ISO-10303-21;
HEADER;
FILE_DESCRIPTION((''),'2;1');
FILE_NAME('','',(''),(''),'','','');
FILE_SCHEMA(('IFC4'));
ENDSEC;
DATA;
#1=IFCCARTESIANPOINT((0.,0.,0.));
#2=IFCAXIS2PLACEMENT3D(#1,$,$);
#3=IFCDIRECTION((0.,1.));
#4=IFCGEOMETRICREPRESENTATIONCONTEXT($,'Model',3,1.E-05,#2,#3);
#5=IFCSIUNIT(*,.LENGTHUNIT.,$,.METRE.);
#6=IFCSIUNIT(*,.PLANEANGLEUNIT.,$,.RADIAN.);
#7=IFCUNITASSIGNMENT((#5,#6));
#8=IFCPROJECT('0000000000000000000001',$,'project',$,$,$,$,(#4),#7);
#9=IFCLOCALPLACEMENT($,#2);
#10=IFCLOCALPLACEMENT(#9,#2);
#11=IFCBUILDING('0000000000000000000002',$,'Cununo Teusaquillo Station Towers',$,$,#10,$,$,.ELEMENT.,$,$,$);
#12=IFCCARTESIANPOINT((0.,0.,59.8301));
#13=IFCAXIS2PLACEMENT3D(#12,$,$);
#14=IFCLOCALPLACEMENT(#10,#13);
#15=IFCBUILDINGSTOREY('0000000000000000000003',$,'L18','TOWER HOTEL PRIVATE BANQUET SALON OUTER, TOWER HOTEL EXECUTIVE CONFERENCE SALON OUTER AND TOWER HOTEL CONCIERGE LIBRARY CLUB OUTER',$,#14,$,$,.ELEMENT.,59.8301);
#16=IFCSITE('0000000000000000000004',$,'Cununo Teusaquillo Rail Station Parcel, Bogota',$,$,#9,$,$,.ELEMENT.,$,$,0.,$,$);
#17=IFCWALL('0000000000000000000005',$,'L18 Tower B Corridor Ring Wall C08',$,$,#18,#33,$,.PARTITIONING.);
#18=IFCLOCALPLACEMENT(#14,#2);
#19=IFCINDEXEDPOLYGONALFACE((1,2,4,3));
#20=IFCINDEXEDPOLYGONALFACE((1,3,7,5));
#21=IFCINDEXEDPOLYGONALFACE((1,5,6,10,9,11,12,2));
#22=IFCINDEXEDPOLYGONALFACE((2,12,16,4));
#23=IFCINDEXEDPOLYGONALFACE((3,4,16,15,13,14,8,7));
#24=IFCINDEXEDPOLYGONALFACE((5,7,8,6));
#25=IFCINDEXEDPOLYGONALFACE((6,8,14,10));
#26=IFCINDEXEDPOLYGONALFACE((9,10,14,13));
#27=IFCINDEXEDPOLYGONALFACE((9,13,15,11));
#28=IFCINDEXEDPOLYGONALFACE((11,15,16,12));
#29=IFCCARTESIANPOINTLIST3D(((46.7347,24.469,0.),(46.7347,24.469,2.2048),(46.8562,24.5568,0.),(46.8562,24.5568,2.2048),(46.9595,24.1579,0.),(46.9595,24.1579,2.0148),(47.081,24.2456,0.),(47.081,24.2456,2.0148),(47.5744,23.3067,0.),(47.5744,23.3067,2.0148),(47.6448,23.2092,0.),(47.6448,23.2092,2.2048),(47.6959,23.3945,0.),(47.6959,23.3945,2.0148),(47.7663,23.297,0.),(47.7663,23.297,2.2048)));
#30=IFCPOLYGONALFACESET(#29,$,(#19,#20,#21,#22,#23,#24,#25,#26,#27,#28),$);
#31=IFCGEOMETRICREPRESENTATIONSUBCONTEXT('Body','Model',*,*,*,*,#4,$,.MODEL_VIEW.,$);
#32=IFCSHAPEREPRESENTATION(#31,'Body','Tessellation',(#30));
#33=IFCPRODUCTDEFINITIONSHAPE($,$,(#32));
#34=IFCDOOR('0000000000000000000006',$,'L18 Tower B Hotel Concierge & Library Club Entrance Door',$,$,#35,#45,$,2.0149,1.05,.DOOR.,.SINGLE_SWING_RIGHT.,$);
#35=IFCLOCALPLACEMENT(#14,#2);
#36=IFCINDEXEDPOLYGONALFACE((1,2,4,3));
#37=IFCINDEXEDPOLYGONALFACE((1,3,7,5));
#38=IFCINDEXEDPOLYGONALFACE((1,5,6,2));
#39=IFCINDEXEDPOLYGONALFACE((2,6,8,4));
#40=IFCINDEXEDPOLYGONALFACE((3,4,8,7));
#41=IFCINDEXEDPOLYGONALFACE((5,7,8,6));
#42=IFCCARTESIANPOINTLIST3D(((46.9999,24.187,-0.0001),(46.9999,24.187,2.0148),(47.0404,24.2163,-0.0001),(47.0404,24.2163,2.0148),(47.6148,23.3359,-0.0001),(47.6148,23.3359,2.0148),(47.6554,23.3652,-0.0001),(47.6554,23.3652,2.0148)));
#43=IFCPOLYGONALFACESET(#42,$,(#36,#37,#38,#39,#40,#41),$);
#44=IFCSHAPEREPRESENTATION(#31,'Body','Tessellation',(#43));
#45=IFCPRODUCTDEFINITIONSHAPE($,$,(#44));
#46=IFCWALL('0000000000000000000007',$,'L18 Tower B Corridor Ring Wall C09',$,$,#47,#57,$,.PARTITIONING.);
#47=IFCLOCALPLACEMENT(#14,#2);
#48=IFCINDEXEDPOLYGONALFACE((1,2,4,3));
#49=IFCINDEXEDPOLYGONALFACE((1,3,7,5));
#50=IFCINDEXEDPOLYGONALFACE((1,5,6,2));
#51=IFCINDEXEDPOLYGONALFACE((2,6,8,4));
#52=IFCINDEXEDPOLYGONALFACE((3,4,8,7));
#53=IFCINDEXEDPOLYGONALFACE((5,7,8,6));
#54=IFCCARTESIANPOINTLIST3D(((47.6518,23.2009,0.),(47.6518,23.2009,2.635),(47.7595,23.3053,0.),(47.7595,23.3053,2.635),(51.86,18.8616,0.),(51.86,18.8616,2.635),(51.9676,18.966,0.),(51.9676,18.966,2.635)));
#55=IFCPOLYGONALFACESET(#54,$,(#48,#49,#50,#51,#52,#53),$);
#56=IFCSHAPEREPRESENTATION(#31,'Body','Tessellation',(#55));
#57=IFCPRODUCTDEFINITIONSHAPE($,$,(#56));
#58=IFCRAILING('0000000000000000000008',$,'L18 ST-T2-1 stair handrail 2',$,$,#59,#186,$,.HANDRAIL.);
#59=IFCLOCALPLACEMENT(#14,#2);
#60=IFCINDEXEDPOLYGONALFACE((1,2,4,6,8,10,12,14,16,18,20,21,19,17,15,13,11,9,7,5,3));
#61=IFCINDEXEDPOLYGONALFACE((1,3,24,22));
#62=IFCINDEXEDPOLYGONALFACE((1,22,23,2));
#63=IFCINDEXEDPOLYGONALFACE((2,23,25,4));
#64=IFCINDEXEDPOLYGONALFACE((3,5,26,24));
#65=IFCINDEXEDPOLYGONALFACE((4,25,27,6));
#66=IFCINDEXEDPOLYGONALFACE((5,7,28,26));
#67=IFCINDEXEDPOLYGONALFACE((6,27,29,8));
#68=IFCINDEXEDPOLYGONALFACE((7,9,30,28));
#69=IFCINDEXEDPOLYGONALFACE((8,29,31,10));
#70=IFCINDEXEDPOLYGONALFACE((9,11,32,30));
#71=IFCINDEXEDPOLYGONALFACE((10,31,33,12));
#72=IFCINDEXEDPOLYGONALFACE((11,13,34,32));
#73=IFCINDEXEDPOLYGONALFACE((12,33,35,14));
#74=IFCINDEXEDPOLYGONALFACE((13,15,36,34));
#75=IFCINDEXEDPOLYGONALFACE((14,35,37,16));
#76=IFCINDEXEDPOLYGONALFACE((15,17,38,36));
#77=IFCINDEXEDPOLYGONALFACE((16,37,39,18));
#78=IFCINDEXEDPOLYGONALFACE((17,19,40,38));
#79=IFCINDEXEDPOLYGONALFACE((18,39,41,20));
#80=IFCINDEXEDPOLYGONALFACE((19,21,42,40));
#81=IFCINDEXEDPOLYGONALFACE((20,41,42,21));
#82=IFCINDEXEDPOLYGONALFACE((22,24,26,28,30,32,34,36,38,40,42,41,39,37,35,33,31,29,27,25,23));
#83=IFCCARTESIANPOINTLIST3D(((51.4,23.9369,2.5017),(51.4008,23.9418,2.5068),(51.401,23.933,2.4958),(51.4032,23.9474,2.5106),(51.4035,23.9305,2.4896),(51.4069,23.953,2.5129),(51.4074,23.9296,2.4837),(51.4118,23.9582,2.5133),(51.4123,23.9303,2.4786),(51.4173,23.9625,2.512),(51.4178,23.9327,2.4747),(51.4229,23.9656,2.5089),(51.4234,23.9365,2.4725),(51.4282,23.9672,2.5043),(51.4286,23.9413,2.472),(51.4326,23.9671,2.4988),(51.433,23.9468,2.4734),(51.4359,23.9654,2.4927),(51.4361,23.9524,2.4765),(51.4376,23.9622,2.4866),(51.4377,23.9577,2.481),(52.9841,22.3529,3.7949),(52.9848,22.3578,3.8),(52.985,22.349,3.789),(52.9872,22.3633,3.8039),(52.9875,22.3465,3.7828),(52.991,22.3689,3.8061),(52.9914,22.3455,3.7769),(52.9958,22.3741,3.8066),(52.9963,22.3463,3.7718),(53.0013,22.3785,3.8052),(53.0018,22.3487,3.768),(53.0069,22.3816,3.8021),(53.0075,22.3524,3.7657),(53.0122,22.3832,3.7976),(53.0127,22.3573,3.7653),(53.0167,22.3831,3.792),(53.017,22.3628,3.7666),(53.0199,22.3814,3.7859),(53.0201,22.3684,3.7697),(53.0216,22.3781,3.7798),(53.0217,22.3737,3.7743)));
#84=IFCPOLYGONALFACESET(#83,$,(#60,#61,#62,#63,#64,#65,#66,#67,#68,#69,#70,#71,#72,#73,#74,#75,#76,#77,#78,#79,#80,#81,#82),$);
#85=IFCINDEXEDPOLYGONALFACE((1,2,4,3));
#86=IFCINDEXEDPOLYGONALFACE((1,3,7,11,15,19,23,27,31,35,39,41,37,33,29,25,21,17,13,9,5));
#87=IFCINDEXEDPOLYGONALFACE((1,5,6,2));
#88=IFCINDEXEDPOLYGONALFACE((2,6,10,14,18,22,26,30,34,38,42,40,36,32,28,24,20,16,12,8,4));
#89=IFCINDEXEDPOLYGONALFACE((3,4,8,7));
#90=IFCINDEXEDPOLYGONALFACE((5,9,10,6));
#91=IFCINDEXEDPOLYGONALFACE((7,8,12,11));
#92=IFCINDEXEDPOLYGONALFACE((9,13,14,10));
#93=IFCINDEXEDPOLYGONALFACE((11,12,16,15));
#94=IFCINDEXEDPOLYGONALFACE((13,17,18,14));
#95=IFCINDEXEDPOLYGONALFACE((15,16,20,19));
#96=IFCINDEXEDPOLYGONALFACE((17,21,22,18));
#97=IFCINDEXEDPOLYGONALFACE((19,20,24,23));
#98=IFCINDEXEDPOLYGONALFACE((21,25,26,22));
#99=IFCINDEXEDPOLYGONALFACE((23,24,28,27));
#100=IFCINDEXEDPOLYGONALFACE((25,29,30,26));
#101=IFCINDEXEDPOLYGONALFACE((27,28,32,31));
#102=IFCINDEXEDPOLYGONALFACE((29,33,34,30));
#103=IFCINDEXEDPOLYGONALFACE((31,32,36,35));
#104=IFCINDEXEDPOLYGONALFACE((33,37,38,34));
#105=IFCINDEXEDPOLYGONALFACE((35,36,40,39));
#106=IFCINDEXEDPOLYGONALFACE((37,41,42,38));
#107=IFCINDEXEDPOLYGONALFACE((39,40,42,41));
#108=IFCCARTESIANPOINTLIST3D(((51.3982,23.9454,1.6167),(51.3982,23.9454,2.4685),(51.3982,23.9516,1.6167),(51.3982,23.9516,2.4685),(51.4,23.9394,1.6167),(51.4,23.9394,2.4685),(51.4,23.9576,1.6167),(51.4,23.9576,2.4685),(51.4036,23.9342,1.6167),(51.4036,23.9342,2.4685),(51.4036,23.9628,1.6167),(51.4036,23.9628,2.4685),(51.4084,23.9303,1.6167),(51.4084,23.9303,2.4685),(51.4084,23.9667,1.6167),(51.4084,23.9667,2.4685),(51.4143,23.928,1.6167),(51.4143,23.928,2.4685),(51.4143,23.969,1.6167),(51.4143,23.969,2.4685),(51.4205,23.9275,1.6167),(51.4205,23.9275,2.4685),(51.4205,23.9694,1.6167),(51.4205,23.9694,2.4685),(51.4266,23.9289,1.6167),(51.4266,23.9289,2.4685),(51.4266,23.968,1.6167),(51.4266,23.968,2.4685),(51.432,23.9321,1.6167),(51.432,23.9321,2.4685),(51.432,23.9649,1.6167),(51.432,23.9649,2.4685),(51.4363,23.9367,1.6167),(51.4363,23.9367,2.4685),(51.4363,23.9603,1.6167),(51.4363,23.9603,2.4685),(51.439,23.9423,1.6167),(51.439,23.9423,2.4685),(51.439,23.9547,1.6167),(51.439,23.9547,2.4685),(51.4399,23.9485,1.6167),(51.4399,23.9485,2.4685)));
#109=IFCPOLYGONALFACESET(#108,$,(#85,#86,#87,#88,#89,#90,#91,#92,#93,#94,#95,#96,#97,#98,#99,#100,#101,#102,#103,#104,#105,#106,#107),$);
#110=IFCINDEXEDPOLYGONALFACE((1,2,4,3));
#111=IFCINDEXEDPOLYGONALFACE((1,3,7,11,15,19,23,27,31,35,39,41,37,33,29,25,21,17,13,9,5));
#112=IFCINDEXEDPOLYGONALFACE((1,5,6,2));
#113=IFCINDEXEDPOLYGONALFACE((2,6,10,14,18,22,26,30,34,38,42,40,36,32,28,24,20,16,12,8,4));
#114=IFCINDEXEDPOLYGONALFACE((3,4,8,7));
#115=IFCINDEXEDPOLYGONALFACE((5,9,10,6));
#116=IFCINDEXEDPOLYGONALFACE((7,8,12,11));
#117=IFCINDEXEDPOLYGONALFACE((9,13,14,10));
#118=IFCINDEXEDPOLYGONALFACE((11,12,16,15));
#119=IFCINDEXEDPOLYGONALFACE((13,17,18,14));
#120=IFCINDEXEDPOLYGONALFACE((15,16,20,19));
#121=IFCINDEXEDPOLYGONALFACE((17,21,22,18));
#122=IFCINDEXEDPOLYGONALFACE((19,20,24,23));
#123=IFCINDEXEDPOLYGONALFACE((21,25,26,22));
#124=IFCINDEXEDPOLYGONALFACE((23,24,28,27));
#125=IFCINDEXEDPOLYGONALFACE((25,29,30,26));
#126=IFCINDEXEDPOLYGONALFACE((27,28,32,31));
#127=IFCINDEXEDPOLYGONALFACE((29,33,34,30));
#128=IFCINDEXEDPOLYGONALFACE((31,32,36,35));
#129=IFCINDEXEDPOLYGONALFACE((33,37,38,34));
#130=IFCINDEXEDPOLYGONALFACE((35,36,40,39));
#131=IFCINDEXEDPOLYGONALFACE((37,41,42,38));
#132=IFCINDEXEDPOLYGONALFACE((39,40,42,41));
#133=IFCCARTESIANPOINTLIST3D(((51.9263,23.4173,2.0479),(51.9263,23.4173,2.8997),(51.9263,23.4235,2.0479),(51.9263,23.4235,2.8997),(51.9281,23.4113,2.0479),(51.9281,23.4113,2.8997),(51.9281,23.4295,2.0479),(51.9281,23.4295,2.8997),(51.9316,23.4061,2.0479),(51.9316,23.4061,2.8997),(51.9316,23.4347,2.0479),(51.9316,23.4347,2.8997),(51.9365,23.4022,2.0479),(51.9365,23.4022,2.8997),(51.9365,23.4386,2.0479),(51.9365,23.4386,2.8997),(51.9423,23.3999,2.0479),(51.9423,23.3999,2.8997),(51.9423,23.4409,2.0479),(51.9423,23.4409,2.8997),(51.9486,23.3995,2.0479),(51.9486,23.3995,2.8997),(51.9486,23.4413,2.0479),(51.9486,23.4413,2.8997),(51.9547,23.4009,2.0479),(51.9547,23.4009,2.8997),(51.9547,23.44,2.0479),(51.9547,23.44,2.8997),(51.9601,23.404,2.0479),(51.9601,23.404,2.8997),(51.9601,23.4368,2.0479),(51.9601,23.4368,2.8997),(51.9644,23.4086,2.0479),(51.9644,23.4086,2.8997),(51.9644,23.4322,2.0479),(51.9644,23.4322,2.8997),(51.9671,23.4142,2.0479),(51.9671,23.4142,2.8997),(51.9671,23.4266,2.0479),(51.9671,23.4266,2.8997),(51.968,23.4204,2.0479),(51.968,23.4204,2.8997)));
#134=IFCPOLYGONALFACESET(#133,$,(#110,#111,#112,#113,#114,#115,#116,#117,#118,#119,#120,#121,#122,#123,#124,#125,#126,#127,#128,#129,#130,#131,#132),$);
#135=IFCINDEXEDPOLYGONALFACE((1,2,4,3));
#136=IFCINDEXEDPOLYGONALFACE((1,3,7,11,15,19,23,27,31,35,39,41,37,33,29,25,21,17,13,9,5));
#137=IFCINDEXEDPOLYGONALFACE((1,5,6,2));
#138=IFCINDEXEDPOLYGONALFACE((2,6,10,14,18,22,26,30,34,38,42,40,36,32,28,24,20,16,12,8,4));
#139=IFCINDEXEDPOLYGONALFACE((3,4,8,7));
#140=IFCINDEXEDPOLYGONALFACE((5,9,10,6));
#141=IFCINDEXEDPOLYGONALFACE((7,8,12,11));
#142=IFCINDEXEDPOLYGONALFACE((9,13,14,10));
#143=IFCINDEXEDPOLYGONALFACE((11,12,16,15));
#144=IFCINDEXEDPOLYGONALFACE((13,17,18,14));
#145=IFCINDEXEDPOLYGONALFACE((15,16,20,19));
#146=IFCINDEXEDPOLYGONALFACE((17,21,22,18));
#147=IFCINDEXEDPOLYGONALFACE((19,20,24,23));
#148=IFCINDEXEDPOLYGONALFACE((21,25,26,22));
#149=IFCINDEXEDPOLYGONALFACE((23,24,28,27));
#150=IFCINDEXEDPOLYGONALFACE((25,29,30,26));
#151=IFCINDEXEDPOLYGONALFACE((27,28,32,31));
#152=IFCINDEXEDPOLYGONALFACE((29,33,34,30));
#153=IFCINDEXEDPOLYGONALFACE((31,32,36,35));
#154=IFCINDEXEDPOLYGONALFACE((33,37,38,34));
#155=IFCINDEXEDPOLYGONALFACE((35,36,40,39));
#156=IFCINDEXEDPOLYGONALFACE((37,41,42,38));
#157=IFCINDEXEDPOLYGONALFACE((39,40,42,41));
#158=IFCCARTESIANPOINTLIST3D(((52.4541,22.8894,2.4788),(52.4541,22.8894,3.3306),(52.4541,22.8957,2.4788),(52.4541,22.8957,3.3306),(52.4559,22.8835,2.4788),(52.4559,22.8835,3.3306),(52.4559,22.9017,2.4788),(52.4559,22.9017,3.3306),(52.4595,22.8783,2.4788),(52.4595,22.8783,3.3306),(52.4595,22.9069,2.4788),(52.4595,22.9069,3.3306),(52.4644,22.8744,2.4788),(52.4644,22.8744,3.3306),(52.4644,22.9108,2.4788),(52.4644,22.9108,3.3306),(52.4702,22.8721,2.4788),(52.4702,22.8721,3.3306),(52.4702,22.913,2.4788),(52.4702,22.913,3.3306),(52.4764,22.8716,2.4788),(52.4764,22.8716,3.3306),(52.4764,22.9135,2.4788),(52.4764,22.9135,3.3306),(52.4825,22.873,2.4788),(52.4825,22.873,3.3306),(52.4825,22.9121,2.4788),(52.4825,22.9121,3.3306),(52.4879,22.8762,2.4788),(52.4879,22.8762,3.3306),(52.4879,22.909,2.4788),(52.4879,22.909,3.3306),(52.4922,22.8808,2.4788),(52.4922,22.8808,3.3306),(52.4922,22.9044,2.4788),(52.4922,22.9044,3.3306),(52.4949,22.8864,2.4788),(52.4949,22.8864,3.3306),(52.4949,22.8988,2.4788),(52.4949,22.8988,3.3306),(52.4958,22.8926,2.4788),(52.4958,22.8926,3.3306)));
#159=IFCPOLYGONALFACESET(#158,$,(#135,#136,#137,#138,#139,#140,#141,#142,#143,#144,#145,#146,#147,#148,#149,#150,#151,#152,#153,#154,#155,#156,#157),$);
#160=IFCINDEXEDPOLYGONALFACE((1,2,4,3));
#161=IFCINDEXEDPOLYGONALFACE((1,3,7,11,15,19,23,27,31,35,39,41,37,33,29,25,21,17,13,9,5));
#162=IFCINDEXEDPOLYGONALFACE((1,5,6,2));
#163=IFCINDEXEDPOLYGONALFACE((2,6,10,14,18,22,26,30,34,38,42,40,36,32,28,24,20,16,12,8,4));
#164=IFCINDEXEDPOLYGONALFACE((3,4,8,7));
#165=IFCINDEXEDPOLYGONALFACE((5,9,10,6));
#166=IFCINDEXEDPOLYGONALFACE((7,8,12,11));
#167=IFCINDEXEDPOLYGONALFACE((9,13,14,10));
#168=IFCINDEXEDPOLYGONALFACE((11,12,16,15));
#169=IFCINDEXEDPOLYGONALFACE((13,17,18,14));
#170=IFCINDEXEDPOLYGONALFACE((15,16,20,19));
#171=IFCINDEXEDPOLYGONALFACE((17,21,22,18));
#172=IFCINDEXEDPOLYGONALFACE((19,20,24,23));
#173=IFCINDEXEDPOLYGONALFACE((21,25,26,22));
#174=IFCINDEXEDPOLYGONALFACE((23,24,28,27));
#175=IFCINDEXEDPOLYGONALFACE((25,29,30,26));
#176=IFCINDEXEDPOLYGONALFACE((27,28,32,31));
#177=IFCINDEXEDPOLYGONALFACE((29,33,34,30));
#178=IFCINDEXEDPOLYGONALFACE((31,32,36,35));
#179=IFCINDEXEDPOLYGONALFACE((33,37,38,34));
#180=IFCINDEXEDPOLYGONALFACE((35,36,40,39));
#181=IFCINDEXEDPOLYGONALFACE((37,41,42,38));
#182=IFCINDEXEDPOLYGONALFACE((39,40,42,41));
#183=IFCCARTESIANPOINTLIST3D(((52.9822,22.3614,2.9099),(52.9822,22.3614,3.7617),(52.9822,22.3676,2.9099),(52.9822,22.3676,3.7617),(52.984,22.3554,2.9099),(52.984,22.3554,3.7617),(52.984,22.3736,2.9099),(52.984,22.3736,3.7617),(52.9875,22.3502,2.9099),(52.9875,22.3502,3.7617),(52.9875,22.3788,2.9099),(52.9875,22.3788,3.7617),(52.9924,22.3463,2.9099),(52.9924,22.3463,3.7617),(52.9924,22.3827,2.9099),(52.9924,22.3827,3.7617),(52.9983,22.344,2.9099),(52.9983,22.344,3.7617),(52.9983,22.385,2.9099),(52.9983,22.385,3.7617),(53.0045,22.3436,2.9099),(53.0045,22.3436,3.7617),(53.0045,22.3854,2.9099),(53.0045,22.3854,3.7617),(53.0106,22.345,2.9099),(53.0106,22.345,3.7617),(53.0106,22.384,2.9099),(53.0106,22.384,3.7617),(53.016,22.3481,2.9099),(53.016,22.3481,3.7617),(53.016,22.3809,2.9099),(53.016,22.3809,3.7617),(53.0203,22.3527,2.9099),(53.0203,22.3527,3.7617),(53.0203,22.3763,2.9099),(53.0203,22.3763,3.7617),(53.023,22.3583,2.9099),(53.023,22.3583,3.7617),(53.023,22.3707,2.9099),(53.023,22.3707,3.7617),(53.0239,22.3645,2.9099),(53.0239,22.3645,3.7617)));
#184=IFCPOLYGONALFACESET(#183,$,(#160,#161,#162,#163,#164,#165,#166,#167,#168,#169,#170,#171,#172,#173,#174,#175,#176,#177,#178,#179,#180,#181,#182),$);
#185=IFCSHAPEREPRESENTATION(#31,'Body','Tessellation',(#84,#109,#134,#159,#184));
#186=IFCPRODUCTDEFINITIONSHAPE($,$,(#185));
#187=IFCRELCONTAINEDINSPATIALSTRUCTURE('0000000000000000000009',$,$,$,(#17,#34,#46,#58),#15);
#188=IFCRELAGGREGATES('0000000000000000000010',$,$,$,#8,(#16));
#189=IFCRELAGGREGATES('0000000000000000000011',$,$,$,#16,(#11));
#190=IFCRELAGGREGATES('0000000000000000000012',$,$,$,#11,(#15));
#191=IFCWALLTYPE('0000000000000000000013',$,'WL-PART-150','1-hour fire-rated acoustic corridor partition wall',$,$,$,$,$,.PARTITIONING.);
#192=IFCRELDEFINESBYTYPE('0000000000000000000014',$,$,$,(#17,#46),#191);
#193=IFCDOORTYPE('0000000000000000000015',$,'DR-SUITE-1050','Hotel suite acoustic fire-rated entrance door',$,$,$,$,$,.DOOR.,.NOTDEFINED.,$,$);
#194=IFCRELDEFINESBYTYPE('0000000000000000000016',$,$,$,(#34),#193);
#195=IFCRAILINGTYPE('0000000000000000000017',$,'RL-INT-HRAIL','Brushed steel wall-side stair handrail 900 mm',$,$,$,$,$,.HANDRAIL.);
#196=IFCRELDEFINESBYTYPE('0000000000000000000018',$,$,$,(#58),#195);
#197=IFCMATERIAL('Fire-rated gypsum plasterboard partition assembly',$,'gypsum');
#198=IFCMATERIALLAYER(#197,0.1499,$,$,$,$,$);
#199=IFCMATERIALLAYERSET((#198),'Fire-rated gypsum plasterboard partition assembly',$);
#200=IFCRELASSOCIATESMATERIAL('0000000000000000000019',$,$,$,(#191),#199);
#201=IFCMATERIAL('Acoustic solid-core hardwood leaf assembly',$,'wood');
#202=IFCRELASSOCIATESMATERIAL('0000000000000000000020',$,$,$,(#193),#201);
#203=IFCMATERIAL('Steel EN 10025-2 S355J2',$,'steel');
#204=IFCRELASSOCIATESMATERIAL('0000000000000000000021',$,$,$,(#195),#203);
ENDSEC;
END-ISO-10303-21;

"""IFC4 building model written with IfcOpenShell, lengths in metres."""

from ifc_helpers import new_model, si_unit, direction, frame, frame_2d, origin, origin_2d, place, context, subcontext, project, spatial, rectangle, circle, extrude, source, transform, mapped, material, layer, layer_set, type_object, element, fill, save


model = new_model("IFC4")

# Units and contexts
model_context = context("Model", 3, precision=1e-05, world=origin(), true_north=direction((0.0, 1.0)))
body_context = subcontext(model_context, "Body", "Model", "MODEL_VIEW")
ifc_project = project(units=[si_unit("LENGTHUNIT", "METRE"), si_unit("PLANEANGLEUNIT", "RADIAN")], contexts=[model_context])

# Site, building, storey
site_placement = place(None, origin())
site = spatial("IfcSite", under=ifc_project, at=site_placement, Name="Cununo Teusaquillo Rail Station Parcel, Bogota", CompositionType="ELEMENT", RefElevation=0.0)
building_placement = place(site_placement, origin())
building = spatial("IfcBuilding", under=site, at=building_placement, Name="Cununo Teusaquillo Station Towers", CompositionType="ELEMENT")
storey_placement = place(building_placement, frame((0.0, 0.0, 59.8301)))
storey = spatial("IfcBuildingStorey", under=building, at=storey_placement, Name="L18", Description="TOWER HOTEL PRIVATE BANQUET SALON OUTER, TOWER HOTEL EXECUTIVE CONFERENCE SALON OUTER AND TOWER HOTEL CONCIERGE LIBRARY CLUB OUTER", CompositionType="ELEMENT", Elevation=59.8301)

# Wall, opening, door
ifc_material_1 = material(Name="Fire-rated gypsum plasterboard partition assembly", Category="gypsum")
ifc_layer_1 = layer(ifc_material_1, 0.1499)
ifc_layer_set_1 = layer_set([ifc_layer_1], Name="Fire-rated gypsum plasterboard partition assembly")
wall_type_1 = type_object("IfcWallType", Name="WL-PART-150", Description="1-hour fire-rated acoustic corridor partition wall", PredefinedType="PARTITIONING", material=ifc_layer_set_1)
wall_1_placement = place(storey_placement, frame((46.7954, 24.5129, 0.0), z_axis=(0.0, 0.0, 1.0), x_axis=(0.585628, -0.81058, 0.0)))
wall_1 = element("IfcWall", 1, at=wall_1_placement, inside=storey, type_object=wall_type_1, Name="L18 Tower B Corridor Ring Wall C08", PredefinedType="PARTITIONING", context=body_context, shape_type="SweptSolid", body=[
    extrude(rectangle(XDim=1.5542, YDim=0.1499, at=frame_2d((0.7771, 0.0))), origin(), (0.0, 0.0, 1.0), 2.2048),
])
shared_shape_1 = source(origin(), body_context, "Body", "SweptSolid", [
    extrude(rectangle(XDim=1.05, YDim=2.0149, at=frame_2d((0.5249, 1.0073))), frame((0.0, 0.085, 0.0), z_axis=(0.0, -1.0, 0.0), x_axis=(1.0, 0.0, 0.0)), (0.0, 0.0, 1.0), 0.1699),
])
opening_1_placement = place(wall_1_placement, frame((0.384, 0.0, 0.0)))
opening_1 = element("IfcOpeningElement", 2, at=opening_1_placement, cuts=wall_1, PredefinedType="OPENING", context=body_context, shape_type="MappedRepresentation", body=[
    mapped(shared_shape_1, transform((0.0, 0.0, 0.0), x_axis=(1.0, 0.0, 0.0), y_axis=(0.0, 1.0, 0.0), z_axis=(0.0, 0.0, 1.0), scale=1.0)),
])
ifc_material_2 = material(Name="Acoustic solid-core hardwood leaf assembly", Category="wood")
door_type_1 = type_object("IfcDoorType", Name="DR-SUITE-1050", Description="Hotel suite acoustic fire-rated entrance door", OperationType="NOTDEFINED", PredefinedType="DOOR", material=ifc_material_2)
shared_shape_2 = source(origin(), body_context, "Body", "SweptSolid", [
    extrude(rectangle(XDim=1.05, YDim=2.0149, at=frame_2d((0.5249, 1.0073))), frame((0.0, 0.0249, 0.0), z_axis=(0.0, -1.0, 0.0), x_axis=(1.0, 0.0, 0.0)), (0.0, 0.0, 1.0), 0.05),
])
door_1_placement = place(opening_1_placement, origin())
door_1 = element("IfcDoor", 3, at=door_1_placement, inside=storey, type_object=door_type_1, Name="L18 Tower B Hotel Concierge & Library Club Entrance Door", OperationType="SINGLE_SWING_RIGHT", OverallHeight=2.0149, OverallWidth=1.05, PredefinedType="DOOR", context=body_context, shape_type="MappedRepresentation", body=[
    mapped(shared_shape_2, transform((0.0, 0.0, 0.0), x_axis=(1.0, 0.0, 0.0), y_axis=(0.0, 1.0, 0.0), z_axis=(0.0, 0.0, 1.0), scale=1.0)),
])
fill(opening_1, door_1)

# Wall
wall_2_placement = place(storey_placement, frame((47.7056, 23.2532, 0.0), z_axis=(0.0, 0.0, 1.0), x_axis=(0.696179, -0.717868, 0.0)))
element("IfcWall", 4, at=wall_2_placement, inside=storey, type_object=wall_type_1, Name="L18 Tower B Corridor Ring Wall C09", PredefinedType="PARTITIONING", context=body_context, shape_type="SweptSolid", body=[
    extrude(rectangle(XDim=6.0447, YDim=0.1499, at=frame_2d((3.0225, 0.0))), origin(), (0.0, 0.0, 1.0), 2.635),
])

# Railing
ifc_material_3 = material(Name="Steel EN 10025-2 S355J2", Category="steel")
railing_type = type_object("IfcRailingType", Name="RL-INT-HRAIL", Description="Brushed steel wall-side stair handrail 900 mm", PredefinedType="HANDRAIL", material=ifc_material_3)
railing_placement = place(storey_placement, frame((51.4189, 23.9485, 1.6167)))
element("IfcRailing", 5, at=railing_placement, inside=storey, type_object=railing_type, Name="L18 ST-T2-1 stair handrail 2", PredefinedType="HANDRAIL", context=body_context, shape_type="SweptSolid", body=[
    extrude(circle(Radius=0.0239, at=origin_2d()), frame((0.0, 0.0, 0.876), z_axis=(0.612385, -0.612385, 0.49997), x_axis=(0.707107, 0.707107, 0.0)), (0.0, 0.0, 1.0), 2.5867),
    extrude(circle(Radius=0.021, at=origin_2d()), origin(), (0.0, 0.0, 1.0), 0.8518),
    extrude(circle(Radius=0.021, at=origin_2d()), frame((0.5281, -0.5281, 0.4312)), (0.0, 0.0, 1.0), 0.8518),
    extrude(circle(Radius=0.021, at=origin_2d()), frame((1.0559, -1.0559, 0.8621)), (0.0, 0.0, 1.0), 0.8518),
    extrude(circle(Radius=0.021, at=origin_2d()), frame((1.584, -1.584, 1.2932)), (0.0, 0.0, 1.0), 0.8518),
])

save(model, "model.ifc")
